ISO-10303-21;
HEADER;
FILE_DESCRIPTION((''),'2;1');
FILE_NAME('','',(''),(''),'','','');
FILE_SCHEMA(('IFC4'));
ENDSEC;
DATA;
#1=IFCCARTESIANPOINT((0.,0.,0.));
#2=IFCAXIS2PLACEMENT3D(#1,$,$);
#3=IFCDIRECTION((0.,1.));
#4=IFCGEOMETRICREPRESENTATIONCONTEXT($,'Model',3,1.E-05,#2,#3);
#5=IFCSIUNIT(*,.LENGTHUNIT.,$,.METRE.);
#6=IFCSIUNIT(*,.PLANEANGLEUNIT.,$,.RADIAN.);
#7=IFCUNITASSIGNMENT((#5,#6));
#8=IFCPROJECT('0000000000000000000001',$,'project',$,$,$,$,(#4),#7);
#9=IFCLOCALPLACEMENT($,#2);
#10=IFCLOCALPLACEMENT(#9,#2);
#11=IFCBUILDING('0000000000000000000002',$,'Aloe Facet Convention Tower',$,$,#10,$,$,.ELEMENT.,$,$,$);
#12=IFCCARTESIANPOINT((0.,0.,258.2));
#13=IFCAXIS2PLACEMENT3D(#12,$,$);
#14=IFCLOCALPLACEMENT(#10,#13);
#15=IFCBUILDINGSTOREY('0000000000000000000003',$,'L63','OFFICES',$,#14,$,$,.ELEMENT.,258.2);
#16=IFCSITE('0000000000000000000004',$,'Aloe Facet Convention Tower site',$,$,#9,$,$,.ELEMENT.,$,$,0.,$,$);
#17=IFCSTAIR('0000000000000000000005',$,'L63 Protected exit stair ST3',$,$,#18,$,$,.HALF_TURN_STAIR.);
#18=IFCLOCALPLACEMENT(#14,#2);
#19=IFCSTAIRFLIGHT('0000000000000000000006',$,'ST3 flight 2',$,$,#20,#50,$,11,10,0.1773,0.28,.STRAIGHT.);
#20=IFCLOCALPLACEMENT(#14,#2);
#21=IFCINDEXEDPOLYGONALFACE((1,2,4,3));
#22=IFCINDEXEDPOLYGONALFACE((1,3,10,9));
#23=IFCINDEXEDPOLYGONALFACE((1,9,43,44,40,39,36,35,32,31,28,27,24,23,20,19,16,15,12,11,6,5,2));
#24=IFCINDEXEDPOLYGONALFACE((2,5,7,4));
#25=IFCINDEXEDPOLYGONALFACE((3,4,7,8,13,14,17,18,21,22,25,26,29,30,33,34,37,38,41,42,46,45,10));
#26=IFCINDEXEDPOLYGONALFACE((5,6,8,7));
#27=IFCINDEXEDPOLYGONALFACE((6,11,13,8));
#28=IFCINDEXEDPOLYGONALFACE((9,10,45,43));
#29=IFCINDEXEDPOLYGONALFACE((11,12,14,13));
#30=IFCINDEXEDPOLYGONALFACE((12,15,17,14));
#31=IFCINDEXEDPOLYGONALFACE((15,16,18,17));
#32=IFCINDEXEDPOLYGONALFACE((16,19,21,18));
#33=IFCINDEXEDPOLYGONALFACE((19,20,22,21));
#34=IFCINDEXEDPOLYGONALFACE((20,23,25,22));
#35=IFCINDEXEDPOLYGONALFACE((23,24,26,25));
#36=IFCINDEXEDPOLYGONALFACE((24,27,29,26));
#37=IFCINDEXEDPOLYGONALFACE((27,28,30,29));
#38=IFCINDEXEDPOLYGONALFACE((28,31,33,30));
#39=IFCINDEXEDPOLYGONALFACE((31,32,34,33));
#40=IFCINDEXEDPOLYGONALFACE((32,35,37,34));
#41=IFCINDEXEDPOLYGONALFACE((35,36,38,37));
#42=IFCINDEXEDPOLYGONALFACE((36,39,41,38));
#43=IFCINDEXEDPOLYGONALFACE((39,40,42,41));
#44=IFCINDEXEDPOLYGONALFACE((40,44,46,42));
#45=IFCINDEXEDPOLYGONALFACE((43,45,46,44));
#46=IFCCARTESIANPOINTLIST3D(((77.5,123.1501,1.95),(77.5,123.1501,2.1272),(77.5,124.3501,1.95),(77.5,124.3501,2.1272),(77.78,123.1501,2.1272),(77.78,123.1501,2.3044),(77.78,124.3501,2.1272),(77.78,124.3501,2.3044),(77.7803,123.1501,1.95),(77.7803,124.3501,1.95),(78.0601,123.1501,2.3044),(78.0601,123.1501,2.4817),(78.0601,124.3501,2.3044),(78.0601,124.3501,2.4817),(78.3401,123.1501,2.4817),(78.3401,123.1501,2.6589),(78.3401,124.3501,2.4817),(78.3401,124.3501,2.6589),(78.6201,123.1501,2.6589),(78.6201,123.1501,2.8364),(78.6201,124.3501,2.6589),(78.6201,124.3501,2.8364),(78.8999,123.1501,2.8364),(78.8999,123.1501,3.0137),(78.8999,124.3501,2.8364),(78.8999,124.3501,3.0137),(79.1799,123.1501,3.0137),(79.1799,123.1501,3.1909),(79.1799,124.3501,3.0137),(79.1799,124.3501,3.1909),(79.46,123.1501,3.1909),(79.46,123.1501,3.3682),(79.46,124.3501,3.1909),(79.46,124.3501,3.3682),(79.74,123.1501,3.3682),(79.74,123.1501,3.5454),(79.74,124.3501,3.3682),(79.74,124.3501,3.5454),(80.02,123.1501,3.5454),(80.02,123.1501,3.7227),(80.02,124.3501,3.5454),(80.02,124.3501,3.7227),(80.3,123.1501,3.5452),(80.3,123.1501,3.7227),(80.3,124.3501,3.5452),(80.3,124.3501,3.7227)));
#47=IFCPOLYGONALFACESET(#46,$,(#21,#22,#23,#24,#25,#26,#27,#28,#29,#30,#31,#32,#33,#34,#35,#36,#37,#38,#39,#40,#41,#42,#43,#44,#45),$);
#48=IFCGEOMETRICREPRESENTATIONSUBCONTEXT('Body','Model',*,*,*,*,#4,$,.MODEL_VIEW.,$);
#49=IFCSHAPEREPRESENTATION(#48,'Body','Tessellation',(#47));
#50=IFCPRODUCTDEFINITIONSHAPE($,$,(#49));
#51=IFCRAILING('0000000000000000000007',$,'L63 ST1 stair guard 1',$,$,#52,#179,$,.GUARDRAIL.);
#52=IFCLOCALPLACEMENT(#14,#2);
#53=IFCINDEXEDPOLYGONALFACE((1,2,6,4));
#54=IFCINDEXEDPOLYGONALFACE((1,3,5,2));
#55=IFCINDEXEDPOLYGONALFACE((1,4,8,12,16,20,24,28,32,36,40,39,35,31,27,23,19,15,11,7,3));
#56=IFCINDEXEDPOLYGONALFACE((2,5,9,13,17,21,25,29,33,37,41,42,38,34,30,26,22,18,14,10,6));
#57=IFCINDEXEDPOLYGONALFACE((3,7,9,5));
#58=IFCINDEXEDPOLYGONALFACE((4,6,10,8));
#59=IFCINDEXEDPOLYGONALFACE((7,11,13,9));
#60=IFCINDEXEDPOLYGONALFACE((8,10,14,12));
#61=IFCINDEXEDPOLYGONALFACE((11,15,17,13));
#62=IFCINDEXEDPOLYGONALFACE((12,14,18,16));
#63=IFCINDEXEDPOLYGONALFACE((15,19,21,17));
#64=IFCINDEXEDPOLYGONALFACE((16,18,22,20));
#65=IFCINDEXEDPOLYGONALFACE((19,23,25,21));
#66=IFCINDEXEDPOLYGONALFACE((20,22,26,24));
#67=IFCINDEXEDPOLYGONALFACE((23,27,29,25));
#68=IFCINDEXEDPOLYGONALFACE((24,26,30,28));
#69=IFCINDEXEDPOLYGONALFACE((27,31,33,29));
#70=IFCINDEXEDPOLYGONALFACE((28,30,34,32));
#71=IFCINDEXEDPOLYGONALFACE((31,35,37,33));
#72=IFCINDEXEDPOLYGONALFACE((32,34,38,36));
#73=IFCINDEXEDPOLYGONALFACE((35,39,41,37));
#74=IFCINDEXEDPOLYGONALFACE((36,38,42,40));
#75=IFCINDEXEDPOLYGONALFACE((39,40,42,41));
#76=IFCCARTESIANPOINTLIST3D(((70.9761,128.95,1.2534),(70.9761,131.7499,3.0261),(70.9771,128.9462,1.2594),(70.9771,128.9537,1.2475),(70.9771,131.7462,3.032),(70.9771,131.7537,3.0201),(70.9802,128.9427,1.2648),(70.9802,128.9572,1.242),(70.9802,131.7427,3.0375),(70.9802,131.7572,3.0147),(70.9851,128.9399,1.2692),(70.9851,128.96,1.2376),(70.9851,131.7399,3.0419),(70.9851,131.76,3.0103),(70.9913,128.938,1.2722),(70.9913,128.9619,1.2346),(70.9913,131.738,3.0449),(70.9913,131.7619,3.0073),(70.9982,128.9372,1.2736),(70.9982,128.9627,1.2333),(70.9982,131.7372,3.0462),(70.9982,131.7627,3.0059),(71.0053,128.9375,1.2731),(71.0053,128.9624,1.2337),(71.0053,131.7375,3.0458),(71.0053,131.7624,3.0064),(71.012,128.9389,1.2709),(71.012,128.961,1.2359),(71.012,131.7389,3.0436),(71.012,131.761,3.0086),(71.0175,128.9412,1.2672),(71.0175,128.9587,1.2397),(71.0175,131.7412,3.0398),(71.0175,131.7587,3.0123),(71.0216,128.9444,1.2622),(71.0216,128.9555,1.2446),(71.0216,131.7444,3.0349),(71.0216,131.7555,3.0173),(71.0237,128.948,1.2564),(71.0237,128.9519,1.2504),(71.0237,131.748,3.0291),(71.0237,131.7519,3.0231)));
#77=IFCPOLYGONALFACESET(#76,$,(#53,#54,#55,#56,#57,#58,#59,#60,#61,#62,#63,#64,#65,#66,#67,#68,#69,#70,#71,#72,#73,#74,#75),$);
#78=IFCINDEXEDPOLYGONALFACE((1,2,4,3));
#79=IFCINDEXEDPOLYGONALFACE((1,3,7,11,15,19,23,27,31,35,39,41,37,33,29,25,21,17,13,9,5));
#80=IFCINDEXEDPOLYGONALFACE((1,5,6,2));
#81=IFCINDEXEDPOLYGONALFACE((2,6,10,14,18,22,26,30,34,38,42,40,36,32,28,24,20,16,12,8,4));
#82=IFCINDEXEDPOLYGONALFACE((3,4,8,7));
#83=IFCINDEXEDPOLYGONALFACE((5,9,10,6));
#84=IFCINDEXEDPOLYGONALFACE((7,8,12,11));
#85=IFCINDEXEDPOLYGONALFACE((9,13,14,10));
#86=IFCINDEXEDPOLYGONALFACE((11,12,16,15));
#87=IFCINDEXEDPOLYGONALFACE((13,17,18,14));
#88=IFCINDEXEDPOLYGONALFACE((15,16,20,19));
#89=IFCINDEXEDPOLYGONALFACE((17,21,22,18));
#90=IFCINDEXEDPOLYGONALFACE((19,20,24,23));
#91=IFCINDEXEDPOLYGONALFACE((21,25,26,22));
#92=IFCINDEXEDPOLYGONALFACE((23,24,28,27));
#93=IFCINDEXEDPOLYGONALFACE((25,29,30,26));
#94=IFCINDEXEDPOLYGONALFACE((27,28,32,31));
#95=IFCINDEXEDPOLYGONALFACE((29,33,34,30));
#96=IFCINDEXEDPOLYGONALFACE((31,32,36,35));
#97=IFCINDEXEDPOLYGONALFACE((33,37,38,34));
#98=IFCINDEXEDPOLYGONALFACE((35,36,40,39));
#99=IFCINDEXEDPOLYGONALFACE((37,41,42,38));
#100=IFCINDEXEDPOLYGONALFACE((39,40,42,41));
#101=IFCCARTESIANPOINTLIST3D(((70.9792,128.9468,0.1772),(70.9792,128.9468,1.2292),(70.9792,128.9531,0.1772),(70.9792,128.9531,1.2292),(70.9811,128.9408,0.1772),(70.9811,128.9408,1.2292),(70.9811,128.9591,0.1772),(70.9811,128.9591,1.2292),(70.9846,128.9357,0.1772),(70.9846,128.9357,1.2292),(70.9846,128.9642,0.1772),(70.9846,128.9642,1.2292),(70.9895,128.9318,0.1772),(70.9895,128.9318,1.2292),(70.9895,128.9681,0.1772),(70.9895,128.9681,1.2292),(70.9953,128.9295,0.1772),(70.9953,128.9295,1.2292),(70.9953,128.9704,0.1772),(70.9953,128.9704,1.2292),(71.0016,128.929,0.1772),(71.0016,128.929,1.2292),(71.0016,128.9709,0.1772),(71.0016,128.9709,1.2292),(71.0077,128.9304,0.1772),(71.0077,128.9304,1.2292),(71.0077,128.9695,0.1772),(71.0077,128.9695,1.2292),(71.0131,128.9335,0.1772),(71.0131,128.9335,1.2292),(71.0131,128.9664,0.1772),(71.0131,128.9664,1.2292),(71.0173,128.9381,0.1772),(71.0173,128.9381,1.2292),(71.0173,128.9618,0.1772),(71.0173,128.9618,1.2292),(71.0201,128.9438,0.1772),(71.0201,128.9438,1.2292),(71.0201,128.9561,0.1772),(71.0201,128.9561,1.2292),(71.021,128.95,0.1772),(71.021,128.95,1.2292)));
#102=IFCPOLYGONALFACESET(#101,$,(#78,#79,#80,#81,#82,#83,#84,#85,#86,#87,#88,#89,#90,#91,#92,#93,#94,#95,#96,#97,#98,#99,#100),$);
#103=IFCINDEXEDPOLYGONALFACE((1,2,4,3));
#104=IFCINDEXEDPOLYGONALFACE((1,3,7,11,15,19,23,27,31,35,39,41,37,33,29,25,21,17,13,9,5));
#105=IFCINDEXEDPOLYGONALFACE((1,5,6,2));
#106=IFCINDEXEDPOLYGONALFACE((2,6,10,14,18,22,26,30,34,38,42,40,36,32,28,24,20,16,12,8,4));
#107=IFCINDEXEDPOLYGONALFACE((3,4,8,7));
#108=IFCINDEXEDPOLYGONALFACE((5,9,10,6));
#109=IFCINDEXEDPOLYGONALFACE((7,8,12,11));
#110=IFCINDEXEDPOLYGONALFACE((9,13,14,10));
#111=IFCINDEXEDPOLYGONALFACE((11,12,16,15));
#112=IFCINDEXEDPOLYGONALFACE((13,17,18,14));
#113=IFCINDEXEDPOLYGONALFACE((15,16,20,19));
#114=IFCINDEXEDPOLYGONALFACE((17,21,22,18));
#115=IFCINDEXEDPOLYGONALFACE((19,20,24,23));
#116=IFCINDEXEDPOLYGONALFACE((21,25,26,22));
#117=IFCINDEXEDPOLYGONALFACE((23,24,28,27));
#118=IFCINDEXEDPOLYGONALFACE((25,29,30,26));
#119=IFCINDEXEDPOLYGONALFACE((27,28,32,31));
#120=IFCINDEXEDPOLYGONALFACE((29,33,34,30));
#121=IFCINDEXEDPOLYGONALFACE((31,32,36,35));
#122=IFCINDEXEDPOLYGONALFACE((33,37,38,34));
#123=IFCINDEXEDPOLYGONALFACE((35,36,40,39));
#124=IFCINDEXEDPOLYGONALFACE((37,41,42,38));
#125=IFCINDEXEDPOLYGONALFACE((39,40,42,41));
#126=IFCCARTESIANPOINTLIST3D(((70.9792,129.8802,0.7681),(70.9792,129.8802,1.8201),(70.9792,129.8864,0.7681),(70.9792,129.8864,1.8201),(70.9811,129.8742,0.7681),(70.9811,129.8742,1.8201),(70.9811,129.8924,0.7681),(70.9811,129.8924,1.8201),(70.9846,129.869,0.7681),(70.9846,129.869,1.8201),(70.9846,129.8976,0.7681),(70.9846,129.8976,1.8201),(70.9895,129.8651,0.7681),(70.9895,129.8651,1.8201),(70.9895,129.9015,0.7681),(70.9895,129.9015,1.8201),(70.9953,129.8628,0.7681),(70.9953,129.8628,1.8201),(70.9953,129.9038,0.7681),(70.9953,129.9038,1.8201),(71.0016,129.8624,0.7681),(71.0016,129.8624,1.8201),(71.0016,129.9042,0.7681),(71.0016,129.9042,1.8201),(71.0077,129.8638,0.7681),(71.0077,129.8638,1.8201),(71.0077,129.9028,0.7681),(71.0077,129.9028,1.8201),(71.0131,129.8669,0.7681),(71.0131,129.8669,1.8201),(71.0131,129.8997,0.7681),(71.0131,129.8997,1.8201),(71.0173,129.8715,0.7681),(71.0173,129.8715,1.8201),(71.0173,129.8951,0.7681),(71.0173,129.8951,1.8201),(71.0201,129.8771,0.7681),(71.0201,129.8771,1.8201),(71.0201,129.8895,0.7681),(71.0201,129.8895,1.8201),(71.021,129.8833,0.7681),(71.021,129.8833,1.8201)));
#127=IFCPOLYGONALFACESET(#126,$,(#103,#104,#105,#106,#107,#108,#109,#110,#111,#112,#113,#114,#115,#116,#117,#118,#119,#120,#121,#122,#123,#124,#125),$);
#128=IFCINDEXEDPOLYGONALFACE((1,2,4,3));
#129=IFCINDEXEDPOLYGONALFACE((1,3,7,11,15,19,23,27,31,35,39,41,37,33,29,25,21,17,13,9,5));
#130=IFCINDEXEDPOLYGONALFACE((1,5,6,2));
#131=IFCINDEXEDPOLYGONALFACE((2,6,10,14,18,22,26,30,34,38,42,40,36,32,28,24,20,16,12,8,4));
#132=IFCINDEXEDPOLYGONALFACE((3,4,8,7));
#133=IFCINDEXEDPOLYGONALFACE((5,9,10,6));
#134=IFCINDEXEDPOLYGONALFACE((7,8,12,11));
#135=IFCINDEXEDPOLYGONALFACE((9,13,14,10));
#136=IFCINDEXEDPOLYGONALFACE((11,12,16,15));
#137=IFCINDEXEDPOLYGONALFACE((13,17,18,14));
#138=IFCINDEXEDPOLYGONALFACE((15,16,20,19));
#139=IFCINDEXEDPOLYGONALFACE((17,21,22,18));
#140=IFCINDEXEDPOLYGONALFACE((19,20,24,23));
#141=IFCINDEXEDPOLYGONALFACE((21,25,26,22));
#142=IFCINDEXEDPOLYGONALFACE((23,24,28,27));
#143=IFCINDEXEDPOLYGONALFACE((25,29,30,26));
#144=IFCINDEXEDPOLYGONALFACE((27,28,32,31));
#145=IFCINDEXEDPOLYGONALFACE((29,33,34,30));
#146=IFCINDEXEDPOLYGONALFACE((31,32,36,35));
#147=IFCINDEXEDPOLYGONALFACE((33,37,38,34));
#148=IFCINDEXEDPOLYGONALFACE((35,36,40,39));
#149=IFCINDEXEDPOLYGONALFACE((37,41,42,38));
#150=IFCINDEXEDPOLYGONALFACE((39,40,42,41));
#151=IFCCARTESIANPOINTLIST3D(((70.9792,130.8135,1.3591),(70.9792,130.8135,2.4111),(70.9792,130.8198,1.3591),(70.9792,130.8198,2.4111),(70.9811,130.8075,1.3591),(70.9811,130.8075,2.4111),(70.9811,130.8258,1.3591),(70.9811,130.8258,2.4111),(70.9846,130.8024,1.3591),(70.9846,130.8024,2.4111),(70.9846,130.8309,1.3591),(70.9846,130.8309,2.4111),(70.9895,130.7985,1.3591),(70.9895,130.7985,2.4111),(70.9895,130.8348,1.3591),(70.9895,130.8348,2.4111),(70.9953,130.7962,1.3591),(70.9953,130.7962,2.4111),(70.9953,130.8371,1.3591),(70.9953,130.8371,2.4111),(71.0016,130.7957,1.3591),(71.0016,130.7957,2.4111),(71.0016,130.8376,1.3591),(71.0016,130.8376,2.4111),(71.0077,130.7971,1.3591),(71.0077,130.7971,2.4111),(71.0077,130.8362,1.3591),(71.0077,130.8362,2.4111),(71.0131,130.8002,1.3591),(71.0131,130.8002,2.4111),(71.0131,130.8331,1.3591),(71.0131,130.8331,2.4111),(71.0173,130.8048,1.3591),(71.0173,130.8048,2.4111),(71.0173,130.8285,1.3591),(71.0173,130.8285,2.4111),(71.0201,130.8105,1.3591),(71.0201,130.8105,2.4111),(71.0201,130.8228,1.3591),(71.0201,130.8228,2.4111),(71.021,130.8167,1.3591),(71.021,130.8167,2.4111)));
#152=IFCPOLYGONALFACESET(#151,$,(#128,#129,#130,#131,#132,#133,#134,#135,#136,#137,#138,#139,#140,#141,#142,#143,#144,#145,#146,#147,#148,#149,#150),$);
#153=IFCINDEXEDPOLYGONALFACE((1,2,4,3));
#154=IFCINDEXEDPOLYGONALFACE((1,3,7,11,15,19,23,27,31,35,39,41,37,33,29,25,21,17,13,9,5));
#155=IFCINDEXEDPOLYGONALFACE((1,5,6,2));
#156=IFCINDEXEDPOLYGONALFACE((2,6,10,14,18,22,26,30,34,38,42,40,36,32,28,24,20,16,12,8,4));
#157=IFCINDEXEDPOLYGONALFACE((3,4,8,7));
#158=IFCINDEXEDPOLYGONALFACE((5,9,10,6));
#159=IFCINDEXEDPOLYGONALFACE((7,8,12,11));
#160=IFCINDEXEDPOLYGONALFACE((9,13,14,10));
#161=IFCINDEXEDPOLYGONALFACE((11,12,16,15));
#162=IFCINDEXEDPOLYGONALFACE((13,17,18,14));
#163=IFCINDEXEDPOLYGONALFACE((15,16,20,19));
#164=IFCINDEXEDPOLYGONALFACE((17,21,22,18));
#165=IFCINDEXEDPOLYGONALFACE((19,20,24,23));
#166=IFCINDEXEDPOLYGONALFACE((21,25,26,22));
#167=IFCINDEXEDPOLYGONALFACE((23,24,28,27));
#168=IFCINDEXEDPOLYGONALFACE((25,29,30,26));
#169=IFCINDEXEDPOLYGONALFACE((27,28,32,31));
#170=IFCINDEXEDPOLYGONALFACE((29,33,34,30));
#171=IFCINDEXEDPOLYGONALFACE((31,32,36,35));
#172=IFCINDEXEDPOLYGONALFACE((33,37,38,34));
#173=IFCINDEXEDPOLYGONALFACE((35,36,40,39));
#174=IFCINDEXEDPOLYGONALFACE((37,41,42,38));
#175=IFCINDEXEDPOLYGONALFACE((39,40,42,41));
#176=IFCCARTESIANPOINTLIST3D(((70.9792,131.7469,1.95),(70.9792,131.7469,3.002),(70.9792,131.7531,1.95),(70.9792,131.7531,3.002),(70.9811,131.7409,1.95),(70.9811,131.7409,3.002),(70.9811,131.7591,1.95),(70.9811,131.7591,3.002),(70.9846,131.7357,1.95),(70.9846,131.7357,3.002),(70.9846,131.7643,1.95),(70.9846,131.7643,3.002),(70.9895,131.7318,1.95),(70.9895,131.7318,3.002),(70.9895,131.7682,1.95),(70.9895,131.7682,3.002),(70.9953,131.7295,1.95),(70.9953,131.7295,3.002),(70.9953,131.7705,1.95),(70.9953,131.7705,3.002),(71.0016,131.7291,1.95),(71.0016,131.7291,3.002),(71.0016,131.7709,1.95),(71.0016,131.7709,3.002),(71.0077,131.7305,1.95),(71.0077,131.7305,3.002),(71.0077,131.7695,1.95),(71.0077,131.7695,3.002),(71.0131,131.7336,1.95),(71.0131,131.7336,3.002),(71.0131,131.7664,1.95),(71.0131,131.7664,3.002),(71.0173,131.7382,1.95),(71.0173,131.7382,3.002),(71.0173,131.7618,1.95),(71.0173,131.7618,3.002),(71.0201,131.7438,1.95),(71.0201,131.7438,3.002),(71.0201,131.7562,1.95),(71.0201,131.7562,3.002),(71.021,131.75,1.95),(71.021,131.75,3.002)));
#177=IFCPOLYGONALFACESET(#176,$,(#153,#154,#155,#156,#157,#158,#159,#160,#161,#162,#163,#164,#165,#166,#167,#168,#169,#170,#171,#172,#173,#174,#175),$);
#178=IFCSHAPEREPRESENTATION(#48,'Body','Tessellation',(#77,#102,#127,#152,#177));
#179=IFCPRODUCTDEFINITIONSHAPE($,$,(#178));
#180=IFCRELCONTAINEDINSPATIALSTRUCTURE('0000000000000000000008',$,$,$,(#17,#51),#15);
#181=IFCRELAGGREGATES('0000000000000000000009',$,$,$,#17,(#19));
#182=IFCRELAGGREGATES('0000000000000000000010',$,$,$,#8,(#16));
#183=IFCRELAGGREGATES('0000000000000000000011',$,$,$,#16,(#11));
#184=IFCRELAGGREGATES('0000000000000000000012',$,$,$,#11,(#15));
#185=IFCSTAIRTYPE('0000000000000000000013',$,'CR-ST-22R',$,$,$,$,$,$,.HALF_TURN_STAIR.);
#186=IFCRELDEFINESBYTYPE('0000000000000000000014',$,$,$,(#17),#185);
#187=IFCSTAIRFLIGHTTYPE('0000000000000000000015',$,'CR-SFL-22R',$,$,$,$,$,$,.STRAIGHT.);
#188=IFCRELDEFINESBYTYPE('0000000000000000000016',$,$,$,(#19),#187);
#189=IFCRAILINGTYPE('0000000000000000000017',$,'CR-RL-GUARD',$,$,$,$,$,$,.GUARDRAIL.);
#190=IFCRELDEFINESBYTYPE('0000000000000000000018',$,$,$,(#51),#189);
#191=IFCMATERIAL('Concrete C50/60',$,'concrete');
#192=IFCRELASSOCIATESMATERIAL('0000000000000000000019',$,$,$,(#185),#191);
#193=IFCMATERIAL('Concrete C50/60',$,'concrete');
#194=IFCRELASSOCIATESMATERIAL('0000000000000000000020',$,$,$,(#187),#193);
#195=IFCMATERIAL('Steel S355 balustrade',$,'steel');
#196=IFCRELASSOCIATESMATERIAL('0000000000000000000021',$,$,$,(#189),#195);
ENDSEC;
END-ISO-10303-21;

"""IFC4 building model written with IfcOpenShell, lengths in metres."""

from ifc_helpers import new_model, si_unit, direction, frame, origin, origin_2d, place, context, subcontext, project, spatial, polyline, circle, outline, extrude, material, type_object, element, aggregate, save


model = new_model("IFC4")

# Units and contexts
model_context = context("Model", 3, precision=1e-05, world=origin(), true_north=direction((0.0, 1.0)))
body_context = subcontext(model_context, "Body", "Model", "MODEL_VIEW")
ifc_project = project(units=[si_unit("LENGTHUNIT", "METRE"), si_unit("PLANEANGLEUNIT", "RADIAN")], contexts=[model_context])

# Site, building, storey
site_placement = place(None, origin())
site = spatial("IfcSite", under=ifc_project, at=site_placement, Name="Aloe Facet Convention Tower site", CompositionType="ELEMENT", RefElevation=0.0)
building_placement = place(site_placement, origin())
building = spatial("IfcBuilding", under=site, at=building_placement, Name="Aloe Facet Convention Tower", CompositionType="ELEMENT")
storey_placement = place(building_placement, frame((0.0, 0.0, 258.2)))
storey = spatial("IfcBuildingStorey", under=building, at=storey_placement, Name="L63", Description="OFFICES", CompositionType="ELEMENT", Elevation=258.2)

# Stair, stair flight
ifc_material_1 = material(Name="Concrete C50/60", Category="concrete")
stair_type = type_object("IfcStairType", Name="CR-ST-22R", PredefinedType="HALF_TURN_STAIR", material=ifc_material_1)
ifc_material_2 = material(Name="Concrete C50/60", Category="concrete")
stair_flight_type = type_object("IfcStairFlightType", Name="CR-SFL-22R", PredefinedType="STRAIGHT", material=ifc_material_2)
stair_1_placement = place(storey_placement, origin())
stair_1 = element("IfcStair", 1, at=stair_1_placement, inside=storey, type_object=stair_type, Name="L63 Protected exit stair ST3", PredefinedType="HALF_TURN_STAIR")
stair_flight_1_placement = place(storey_placement, frame((77.5, 123.75, 1.95), z_axis=(0.0, 0.0, 1.0), x_axis=(1.0, 0.0, 0.0)))
stair_flight_1 = element("IfcStairFlight", 2, at=stair_flight_1_placement, type_object=stair_flight_type, Name="ST3 flight 2", NumberOfRisers=11, NumberOfTreads=10, PredefinedType="STRAIGHT", RiserHeight=0.1773, TreadLength=0.28, context=body_context, shape_type="SweptSolid", body=[
    extrude(outline(polyline([(0.0, 0.0), (0.0, 0.1772), (0.28, 0.1772), (0.28, 0.3545), (0.5601, 0.3545), (0.5601, 0.5317), (0.8401, 0.5317), (0.8401, 0.709), (1.1201, 0.709), (1.1201, 0.8865), (1.3999, 0.8865), (1.3999, 1.0637), (1.6799, 1.0637), (1.6799, 1.241), (1.96, 1.241), (1.96, 1.4182), (2.24, 1.4182), (2.24, 1.5955), (2.52, 1.5955), (2.52, 1.7727), (2.8, 1.7727), (2.8, 1.95), (2.8, 1.5952), (0.2803, 0.0), (0.0, 0.0)])), frame((0.0, 0.6001, 0.0), z_axis=(0.0, -1.0, 0.0), x_axis=(1.0, 0.0, 0.0)), (0.0, 0.0, 1.0), 1.2),
])
aggregate(stair_1, [stair_flight_1])

# Railing
ifc_material_3 = material(Name="Steel S355 balustrade", Category="steel")
railing_type_1 = type_object("IfcRailingType", Name="CR-RL-GUARD", PredefinedType="GUARDRAIL", material=ifc_material_3)
railing_1_placement = place(storey_placement, frame((71.0, 128.95, 0.1772)))
element("IfcRailing", 3, at=railing_1_placement, inside=storey, type_object=railing_type_1, Name="L63 ST1 stair guard 1", PredefinedType="GUARDRAIL", context=body_context, shape_type="SweptSolid", body=[
    extrude(circle(Radius=0.0239, at=origin_2d()), frame((0.0, 0.0, 1.0762), z_axis=(0.0, 0.844909, 0.53491), x_axis=(-1.0, 0.0, 0.0)), (0.0, 0.0, 1.0), 3.314),
    extrude(circle(Radius=0.021, at=origin_2d()), origin(), (0.0, 0.0, 1.0), 1.052),
    extrude(circle(Radius=0.021, at=origin_2d()), frame((0.0, 0.9333, 0.5908)), (0.0, 0.0, 1.0), 1.052),
    extrude(circle(Radius=0.021, at=origin_2d()), frame((0.0, 1.8667, 1.1819)), (0.0, 0.0, 1.0), 1.052),
    extrude(circle(Radius=0.021, at=origin_2d()), frame((0.0, 2.8, 1.7727)), (0.0, 0.0, 1.0), 1.052),
])

save(model, "model.ifc")
